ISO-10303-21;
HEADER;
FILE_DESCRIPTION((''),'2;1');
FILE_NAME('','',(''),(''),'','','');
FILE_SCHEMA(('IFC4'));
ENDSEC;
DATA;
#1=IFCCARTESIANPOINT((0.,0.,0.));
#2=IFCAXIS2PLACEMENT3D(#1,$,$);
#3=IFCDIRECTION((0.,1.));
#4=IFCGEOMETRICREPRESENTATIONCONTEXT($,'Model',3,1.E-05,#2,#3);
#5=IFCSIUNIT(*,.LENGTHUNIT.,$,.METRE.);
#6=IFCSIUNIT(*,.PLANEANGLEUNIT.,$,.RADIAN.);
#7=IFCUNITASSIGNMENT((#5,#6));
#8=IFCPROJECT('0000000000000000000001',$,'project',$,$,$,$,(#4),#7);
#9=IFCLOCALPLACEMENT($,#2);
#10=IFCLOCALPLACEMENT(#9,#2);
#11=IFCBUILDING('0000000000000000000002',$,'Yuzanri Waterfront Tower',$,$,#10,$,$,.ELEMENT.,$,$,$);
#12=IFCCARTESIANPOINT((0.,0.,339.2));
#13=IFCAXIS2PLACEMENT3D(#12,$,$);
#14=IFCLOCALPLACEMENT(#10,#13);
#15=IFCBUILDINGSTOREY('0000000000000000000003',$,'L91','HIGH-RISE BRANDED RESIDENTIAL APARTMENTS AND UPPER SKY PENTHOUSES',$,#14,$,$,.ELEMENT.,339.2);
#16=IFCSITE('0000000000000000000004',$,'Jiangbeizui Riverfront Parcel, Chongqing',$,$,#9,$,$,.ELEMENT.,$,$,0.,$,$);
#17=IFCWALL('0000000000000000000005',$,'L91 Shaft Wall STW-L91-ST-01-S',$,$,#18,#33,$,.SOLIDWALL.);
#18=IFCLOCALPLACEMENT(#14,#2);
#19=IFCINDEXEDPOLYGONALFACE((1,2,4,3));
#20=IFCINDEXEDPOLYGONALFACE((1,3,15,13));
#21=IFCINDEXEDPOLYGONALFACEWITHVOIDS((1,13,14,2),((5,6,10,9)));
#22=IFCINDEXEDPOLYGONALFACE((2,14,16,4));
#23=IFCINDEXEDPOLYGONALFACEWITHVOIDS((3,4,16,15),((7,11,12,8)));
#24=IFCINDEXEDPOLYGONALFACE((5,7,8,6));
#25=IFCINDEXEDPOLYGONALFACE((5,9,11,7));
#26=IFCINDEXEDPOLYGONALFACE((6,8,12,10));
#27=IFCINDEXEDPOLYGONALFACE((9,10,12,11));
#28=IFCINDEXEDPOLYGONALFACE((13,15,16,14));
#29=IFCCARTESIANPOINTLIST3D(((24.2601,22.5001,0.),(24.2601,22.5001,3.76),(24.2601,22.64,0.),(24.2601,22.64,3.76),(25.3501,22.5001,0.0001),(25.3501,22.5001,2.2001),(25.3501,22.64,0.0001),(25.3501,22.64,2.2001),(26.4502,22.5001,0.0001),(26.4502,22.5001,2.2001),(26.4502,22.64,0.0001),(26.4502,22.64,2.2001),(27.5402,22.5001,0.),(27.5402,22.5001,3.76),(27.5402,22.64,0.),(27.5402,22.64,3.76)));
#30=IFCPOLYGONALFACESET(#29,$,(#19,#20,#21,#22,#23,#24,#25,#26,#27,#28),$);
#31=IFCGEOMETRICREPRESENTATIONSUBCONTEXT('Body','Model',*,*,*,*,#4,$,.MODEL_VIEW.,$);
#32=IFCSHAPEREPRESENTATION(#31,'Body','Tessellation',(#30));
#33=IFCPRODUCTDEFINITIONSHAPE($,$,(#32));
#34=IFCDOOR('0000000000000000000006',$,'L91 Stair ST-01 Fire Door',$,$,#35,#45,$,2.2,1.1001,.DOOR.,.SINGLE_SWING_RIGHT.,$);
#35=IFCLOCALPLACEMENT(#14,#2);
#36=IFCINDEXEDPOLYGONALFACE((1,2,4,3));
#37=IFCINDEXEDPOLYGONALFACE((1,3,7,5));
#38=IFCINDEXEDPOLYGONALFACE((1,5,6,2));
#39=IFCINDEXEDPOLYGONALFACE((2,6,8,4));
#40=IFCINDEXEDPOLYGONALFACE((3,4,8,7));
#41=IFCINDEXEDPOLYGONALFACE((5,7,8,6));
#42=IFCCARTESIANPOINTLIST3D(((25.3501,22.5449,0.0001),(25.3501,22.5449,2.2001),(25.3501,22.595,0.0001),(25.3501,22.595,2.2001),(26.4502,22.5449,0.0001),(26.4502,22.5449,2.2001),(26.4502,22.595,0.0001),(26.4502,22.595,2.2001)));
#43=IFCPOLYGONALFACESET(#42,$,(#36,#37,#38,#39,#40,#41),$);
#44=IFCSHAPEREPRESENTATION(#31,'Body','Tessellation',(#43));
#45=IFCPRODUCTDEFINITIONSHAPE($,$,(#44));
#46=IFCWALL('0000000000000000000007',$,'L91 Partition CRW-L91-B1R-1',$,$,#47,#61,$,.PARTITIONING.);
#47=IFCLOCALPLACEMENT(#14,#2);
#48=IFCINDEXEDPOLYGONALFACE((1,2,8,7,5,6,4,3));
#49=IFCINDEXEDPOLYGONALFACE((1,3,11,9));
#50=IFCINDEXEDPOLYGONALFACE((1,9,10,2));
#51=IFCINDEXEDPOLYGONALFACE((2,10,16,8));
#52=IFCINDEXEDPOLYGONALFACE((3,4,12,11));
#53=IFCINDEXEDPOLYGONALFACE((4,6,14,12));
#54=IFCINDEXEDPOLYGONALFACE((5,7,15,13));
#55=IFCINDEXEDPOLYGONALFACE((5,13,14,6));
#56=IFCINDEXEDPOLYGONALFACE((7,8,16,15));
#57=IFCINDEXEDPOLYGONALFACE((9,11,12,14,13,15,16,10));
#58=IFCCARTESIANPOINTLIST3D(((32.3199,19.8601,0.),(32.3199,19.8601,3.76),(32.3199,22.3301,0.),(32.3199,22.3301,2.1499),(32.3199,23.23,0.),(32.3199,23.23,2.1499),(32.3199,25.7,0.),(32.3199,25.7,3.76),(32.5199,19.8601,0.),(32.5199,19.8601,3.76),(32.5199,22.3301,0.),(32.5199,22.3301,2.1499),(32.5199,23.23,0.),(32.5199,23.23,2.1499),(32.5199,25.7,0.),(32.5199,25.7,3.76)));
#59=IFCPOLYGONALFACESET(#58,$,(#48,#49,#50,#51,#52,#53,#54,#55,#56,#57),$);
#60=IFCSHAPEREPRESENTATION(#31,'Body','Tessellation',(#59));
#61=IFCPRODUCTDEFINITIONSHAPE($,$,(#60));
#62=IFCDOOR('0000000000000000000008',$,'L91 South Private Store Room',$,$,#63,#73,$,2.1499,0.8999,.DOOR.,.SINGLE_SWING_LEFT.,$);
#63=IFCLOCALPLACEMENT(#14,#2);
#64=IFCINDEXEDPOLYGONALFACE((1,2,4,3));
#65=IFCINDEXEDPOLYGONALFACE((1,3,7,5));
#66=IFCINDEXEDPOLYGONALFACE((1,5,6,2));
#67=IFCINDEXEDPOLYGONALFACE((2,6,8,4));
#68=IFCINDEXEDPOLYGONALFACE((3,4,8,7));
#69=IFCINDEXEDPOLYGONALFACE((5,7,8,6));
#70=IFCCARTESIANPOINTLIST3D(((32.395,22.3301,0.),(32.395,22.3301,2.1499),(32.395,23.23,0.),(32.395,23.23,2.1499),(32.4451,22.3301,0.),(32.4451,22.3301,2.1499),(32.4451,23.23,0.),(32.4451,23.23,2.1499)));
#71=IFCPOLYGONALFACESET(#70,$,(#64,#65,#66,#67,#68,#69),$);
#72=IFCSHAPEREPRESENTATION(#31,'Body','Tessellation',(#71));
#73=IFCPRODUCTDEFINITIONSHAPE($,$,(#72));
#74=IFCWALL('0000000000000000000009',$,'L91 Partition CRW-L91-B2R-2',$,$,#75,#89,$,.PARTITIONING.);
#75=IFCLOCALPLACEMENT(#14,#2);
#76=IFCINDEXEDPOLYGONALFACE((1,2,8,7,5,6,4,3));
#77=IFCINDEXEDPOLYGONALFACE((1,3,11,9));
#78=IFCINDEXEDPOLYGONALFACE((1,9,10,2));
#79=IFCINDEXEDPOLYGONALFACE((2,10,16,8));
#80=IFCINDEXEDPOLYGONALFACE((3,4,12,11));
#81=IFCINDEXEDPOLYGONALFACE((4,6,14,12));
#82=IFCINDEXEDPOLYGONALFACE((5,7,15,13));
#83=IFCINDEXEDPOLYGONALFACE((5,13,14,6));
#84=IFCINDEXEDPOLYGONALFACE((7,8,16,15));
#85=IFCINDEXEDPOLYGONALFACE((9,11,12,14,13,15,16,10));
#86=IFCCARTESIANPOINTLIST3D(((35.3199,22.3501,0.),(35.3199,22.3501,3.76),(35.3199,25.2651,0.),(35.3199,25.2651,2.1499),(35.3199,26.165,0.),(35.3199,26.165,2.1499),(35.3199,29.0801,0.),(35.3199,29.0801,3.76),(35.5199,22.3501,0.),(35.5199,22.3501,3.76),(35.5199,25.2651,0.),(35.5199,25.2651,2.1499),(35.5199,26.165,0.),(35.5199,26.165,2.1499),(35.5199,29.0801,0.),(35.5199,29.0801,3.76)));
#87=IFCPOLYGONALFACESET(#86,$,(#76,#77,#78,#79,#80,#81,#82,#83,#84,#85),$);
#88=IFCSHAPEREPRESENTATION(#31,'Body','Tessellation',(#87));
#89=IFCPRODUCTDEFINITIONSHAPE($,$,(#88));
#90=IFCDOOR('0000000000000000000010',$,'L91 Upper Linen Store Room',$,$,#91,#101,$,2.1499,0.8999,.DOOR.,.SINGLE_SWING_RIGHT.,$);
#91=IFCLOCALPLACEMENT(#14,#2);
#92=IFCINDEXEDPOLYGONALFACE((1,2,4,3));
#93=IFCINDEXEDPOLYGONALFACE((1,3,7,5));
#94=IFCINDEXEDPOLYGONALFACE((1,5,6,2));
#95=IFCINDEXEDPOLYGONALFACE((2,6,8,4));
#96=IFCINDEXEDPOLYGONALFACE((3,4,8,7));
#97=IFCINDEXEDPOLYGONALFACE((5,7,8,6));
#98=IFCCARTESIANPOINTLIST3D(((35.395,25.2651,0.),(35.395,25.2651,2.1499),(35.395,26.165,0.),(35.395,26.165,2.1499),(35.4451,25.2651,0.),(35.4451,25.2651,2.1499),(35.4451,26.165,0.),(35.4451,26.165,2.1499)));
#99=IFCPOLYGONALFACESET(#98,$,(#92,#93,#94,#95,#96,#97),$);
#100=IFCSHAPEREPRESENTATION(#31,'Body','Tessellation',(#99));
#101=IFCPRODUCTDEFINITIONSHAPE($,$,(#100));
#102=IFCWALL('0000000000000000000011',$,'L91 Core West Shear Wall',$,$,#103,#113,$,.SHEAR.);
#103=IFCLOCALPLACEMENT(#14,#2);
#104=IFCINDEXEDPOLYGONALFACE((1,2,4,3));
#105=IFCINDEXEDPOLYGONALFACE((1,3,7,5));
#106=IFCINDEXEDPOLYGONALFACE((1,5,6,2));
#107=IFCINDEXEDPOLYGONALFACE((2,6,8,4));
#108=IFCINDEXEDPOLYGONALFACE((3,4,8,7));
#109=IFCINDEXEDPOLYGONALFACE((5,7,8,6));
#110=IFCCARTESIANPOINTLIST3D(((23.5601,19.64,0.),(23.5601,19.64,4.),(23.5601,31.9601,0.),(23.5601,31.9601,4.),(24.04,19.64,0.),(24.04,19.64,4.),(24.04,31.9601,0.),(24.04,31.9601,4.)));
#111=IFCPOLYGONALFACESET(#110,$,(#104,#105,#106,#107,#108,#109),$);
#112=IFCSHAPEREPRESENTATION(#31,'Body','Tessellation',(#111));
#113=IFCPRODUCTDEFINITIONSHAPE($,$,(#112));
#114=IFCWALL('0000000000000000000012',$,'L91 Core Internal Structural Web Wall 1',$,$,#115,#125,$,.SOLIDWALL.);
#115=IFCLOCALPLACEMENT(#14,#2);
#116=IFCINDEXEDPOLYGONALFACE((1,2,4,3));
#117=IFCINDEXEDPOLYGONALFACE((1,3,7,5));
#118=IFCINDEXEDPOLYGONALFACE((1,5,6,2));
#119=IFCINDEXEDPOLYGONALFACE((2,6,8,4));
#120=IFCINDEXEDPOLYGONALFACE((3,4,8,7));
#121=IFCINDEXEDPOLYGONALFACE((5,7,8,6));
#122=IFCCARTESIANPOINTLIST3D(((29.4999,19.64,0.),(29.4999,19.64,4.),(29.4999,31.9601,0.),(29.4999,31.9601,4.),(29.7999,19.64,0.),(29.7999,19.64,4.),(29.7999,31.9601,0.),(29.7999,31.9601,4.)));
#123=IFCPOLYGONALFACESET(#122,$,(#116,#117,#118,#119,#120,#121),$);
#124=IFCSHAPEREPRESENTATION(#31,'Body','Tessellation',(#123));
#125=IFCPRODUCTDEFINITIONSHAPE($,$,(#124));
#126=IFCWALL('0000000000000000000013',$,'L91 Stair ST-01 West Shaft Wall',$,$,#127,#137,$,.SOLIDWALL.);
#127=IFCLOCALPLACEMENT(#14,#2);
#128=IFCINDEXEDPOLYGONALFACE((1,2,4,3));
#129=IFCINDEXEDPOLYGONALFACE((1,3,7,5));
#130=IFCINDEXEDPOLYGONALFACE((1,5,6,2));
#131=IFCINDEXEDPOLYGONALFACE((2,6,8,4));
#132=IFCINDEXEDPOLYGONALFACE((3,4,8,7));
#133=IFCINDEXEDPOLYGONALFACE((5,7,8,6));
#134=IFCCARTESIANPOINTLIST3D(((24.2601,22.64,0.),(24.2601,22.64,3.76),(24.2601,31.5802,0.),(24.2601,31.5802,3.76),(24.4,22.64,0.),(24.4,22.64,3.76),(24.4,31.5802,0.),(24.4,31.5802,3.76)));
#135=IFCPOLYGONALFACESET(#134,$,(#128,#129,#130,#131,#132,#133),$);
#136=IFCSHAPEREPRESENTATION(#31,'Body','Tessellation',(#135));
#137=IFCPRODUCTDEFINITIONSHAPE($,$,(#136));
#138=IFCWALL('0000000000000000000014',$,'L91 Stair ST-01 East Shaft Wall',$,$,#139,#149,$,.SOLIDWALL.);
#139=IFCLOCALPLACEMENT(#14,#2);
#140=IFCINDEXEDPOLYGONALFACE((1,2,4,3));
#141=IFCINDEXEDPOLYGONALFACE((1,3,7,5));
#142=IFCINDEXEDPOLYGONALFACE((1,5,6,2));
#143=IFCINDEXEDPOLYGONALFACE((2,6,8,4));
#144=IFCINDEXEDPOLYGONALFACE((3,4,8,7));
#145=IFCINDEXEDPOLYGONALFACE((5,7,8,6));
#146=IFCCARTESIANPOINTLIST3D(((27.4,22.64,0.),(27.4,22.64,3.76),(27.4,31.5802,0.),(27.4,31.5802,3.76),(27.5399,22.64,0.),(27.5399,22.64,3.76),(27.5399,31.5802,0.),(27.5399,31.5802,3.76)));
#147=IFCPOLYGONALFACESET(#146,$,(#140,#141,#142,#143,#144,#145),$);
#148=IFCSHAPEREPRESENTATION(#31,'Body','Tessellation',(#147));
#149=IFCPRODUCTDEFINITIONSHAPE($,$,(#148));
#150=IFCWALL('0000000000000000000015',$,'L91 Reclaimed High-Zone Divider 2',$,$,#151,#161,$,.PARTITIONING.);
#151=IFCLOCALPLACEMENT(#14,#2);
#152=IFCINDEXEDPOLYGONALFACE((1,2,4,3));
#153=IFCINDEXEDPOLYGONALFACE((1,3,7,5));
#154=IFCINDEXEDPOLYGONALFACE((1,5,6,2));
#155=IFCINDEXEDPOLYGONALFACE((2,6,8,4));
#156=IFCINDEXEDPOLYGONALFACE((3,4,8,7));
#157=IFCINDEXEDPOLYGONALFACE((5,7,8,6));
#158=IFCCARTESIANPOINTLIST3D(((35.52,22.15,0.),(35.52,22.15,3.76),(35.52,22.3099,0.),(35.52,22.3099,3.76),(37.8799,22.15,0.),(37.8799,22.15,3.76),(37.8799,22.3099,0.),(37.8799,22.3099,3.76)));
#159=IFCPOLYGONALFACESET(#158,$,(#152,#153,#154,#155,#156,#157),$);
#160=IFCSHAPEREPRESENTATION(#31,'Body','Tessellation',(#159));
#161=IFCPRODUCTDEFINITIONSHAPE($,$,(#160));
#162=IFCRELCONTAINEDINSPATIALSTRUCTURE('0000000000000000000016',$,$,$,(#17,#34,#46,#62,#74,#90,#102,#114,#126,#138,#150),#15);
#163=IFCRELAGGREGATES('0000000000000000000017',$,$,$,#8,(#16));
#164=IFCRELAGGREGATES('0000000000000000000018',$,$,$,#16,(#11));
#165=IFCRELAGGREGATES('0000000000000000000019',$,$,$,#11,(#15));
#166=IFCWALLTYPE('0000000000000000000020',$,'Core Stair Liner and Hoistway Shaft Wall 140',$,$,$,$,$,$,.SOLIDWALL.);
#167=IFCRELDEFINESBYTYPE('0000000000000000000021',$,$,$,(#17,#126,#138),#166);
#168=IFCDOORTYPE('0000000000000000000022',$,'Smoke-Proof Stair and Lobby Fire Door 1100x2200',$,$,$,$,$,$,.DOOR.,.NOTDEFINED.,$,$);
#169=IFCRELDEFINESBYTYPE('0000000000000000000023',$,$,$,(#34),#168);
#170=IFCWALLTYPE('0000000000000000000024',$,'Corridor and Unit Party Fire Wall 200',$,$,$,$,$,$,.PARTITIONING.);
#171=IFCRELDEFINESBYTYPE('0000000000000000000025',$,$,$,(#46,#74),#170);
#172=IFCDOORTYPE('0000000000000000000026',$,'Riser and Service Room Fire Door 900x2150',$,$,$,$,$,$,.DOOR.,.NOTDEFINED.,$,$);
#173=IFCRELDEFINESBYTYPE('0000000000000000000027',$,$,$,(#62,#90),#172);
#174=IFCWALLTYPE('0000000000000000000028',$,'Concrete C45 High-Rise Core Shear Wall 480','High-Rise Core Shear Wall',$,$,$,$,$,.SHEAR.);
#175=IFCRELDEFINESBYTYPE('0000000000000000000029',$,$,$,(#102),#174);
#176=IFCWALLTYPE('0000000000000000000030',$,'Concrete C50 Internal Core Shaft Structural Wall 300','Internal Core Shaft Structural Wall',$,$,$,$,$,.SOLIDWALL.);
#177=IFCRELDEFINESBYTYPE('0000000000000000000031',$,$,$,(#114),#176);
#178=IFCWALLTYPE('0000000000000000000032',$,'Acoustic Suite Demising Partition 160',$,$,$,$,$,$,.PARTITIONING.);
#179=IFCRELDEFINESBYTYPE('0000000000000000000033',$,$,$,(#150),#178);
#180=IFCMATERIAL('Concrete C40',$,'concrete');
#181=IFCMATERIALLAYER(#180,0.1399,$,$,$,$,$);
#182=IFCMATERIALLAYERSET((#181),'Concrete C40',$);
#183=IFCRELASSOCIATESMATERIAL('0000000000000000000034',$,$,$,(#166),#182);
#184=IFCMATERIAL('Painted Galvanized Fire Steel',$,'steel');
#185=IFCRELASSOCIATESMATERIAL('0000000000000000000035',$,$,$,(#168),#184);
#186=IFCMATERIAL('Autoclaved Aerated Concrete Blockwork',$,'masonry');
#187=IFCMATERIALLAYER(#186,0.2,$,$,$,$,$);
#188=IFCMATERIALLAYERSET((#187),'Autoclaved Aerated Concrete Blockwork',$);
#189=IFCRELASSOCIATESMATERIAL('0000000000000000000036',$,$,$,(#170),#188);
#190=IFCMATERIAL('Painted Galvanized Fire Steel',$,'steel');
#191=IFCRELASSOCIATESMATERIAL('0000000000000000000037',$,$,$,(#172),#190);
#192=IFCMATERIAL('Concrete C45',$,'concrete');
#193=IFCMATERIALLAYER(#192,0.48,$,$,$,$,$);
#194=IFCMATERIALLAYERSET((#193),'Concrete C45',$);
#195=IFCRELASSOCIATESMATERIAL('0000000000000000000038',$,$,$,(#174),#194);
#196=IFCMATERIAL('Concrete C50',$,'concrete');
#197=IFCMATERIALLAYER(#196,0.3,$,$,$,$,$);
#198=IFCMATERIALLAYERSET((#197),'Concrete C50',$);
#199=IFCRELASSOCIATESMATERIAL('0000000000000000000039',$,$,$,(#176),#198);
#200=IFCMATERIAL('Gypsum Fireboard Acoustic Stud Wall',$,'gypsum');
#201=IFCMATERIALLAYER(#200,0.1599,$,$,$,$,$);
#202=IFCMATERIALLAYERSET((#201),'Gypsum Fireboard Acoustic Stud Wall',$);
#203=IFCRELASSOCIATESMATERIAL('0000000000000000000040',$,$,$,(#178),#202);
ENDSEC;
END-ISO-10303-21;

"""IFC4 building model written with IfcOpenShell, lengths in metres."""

from ifc_helpers import new_model, si_unit, direction, frame, frame_2d, origin, place, context, subcontext, project, spatial, rectangle, extrude, source, transform, mapped, material, layer, layer_set, type_object, element, fill, save


model = new_model("IFC4")

# Units and contexts
model_context = context("Model", 3, precision=1e-05, world=origin(), true_north=direction((0.0, 1.0)))
body_context = subcontext(model_context, "Body", "Model", "MODEL_VIEW")
ifc_project = project(units=[si_unit("LENGTHUNIT", "METRE"), si_unit("PLANEANGLEUNIT", "RADIAN")], contexts=[model_context])

# Site, building, storey
site_placement = place(None, origin())
site = spatial("IfcSite", under=ifc_project, at=site_placement, Name="Jiangbeizui Riverfront Parcel, Chongqing", CompositionType="ELEMENT", RefElevation=0.0)
building_placement = place(site_placement, origin())
building = spatial("IfcBuilding", under=site, at=building_placement, Name="Yuzanri Waterfront Tower", CompositionType="ELEMENT")
storey_placement = place(building_placement, frame((0.0, 0.0, 339.2)))
storey = spatial("IfcBuildingStorey", under=building, at=storey_placement, Name="L91", Description="HIGH-RISE BRANDED RESIDENTIAL APARTMENTS AND UPPER SKY PENTHOUSES", CompositionType="ELEMENT", Elevation=339.2)

# Walls, openings, doors
ifc_material_1 = material(Name="Concrete C40", Category="concrete")
ifc_layer_1 = layer(ifc_material_1, 0.1399)
ifc_layer_set_1 = layer_set([ifc_layer_1], Name="Concrete C40")
wall_type_1 = type_object("IfcWallType", Name="Core Stair Liner and Hoistway Shaft Wall 140", PredefinedType="SOLIDWALL", material=ifc_layer_set_1)
wall_1_placement = place(storey_placement, frame((24.26, 22.5701, 0.0), z_axis=(0.0, 0.0, 1.0), x_axis=(1.0, 0.0, 0.0)))
wall_1 = element("IfcWall", 1, at=wall_1_placement, inside=storey, type_object=wall_type_1, Name="L91 Shaft Wall STW-L91-ST-01-S", PredefinedType="SOLIDWALL", context=body_context, shape_type="SweptSolid", body=[
    extrude(rectangle(XDim=3.28, YDim=0.1399, at=frame_2d((1.6401, 0.0))), origin(), (0.0, 0.0, 1.0), 3.76),
])
opening_1_placement = place(wall_1_placement, frame((1.0901, 0.0, 0.0)))
opening_1 = element("IfcOpeningElement", 2, at=opening_1_placement, cuts=wall_1, PredefinedType="OPENING", context=body_context, shape_type="SweptSolid", body=[
    extrude(rectangle(XDim=1.1001, YDim=2.2, at=frame_2d((0.55, 1.1001))), frame((0.0, 0.085, 0.0), z_axis=(0.0, -1.0, 0.0), x_axis=(1.0, 0.0, 0.0)), (0.0, 0.0, 1.0), 0.1697),
])
ifc_material_2 = material(Name="Painted Galvanized Fire Steel", Category="steel")
door_type_1 = type_object("IfcDoorType", Name="Smoke-Proof Stair and Lobby Fire Door 1100x2200", OperationType="NOTDEFINED", PredefinedType="DOOR", material=ifc_material_2)
shared_shape_1 = source(origin(), body_context, "Body", "SweptSolid", [
    extrude(rectangle(XDim=1.1001, YDim=2.2, at=frame_2d((0.55, 1.1001))), frame((0.0, 0.0249, 0.0), z_axis=(0.0, -1.0, 0.0), x_axis=(1.0, 0.0, 0.0)), (0.0, 0.0, 1.0), 0.05),
])
door_1_placement = place(opening_1_placement, origin())
door_1 = element("IfcDoor", 3, at=door_1_placement, inside=storey, type_object=door_type_1, Name="L91 Stair ST-01 Fire Door", OperationType="SINGLE_SWING_RIGHT", OverallHeight=2.2, OverallWidth=1.1001, PredefinedType="DOOR", context=body_context, shape_type="MappedRepresentation", body=[
    mapped(shared_shape_1, transform((0.0, 0.0, 0.0), scale=1.0)),
])
fill(opening_1, door_1)
ifc_material_3 = material(Name="Autoclaved Aerated Concrete Blockwork", Category="masonry")
ifc_layer_2 = layer(ifc_material_3, 0.2)
ifc_layer_set_2 = layer_set([ifc_layer_2], Name="Autoclaved Aerated Concrete Blockwork")
wall_type_2 = type_object("IfcWallType", Name="Corridor and Unit Party Fire Wall 200", PredefinedType="PARTITIONING", material=ifc_layer_set_2)
wall_2_placement = place(storey_placement, frame((32.4199, 19.8601, 0.0), z_axis=(0.0, 0.0, 1.0), x_axis=(0.0, 1.0, 0.0)))
wall_2 = element("IfcWall", 4, at=wall_2_placement, inside=storey, type_object=wall_type_2, Name="L91 Partition CRW-L91-B1R-1", PredefinedType="PARTITIONING", context=body_context, shape_type="SweptSolid", body=[
    extrude(rectangle(XDim=5.8398, YDim=0.2, at=frame_2d((2.9199, 0.0))), origin(), (0.0, 0.0, 1.0), 3.76),
])
opening_2_placement = place(wall_2_placement, frame((2.47, 0.0, 0.0)))
opening_2 = element("IfcOpeningElement", 5, at=opening_2_placement, cuts=wall_2, PredefinedType="OPENING", context=body_context, shape_type="SweptSolid", body=[
    extrude(rectangle(XDim=0.8999, YDim=2.1499, at=frame_2d((0.45, 1.075))), frame((0.0, 0.1147, 0.0), z_axis=(0.0, -1.0, 0.0), x_axis=(1.0, 0.0, 0.0)), (0.0, 0.0, 1.0), 0.2297),
])
ifc_material_4 = material(Name="Painted Galvanized Fire Steel", Category="steel")
door_type_2 = type_object("IfcDoorType", Name="Riser and Service Room Fire Door 900x2150", OperationType="NOTDEFINED", PredefinedType="DOOR", material=ifc_material_4)
shared_shape_2 = source(origin(), body_context, "Body", "SweptSolid", [
    extrude(rectangle(XDim=0.8999, YDim=2.1499, at=frame_2d((0.45, 1.075))), frame((0.0, 0.0249, 0.0), z_axis=(0.0, -1.0, 0.0), x_axis=(1.0, 0.0, 0.0)), (0.0, 0.0, 1.0), 0.05),
])
door_2_placement = place(opening_2_placement, origin())
door_2 = element("IfcDoor", 6, at=door_2_placement, inside=storey, type_object=door_type_2, Name="L91 South Private Store Room", OperationType="SINGLE_SWING_LEFT", OverallHeight=2.1499, OverallWidth=0.8999, PredefinedType="DOOR", context=body_context, shape_type="MappedRepresentation", body=[
    mapped(shared_shape_2, transform((0.0, 0.0, 0.0), scale=1.0)),
])
fill(opening_2, door_2)
wall_3_placement = place(storey_placement, frame((35.4199, 22.3501, 0.0), z_axis=(0.0, 0.0, 1.0), x_axis=(0.0, 1.0, 0.0)))
wall_3 = element("IfcWall", 7, at=wall_3_placement, inside=storey, type_object=wall_type_2, Name="L91 Partition CRW-L91-B2R-2", PredefinedType="PARTITIONING", context=body_context, shape_type="SweptSolid", body=[
    extrude(rectangle(XDim=6.73, YDim=0.2, at=frame_2d((3.365, 0.0))), origin(), (0.0, 0.0, 1.0), 3.76),
])
opening_3_placement = place(wall_3_placement, frame((2.915, 0.0, 0.0)))
opening_3 = element("IfcOpeningElement", 8, at=opening_3_placement, cuts=wall_3, PredefinedType="OPENING", context=body_context, shape_type="SweptSolid", body=[
    extrude(rectangle(XDim=0.8999, YDim=2.1499, at=frame_2d((0.45, 1.075))), frame((0.0, 0.1147, 0.0), z_axis=(0.0, -1.0, 0.0), x_axis=(1.0, 0.0, 0.0)), (0.0, 0.0, 1.0), 0.2297),
])
door_3_placement = place(opening_3_placement, origin())
door_3 = element("IfcDoor", 9, at=door_3_placement, inside=storey, type_object=door_type_2, Name="L91 Upper Linen Store Room", OperationType="SINGLE_SWING_RIGHT", OverallHeight=2.1499, OverallWidth=0.8999, PredefinedType="DOOR", context=body_context, shape_type="MappedRepresentation", body=[
    mapped(shared_shape_2, transform((0.0, 0.0, 0.0), scale=1.0)),
])
fill(opening_3, door_3)

# Walls
ifc_material_5 = material(Name="Concrete C45", Category="concrete")
ifc_layer_3 = layer(ifc_material_5, 0.48)
ifc_layer_set_3 = layer_set([ifc_layer_3], Name="Concrete C45")
wall_type_3 = type_object("IfcWallType", Name="Concrete C45 High-Rise Core Shear Wall 480", Description="High-Rise Core Shear Wall", PredefinedType="SHEAR", material=ifc_layer_set_3)
shared_shape_3 = source(origin(), body_context, "Body", "SweptSolid", [
    extrude(rectangle(XDim=12.3201, YDim=0.48, at=frame_2d((6.1602, 0.0))), origin(), (0.0, 0.0, 1.0), 4.0),
])
wall_4_placement = place(storey_placement, frame((23.8, 19.6399, 0.0), z_axis=(0.0, 0.0, 1.0), x_axis=(0.0, 1.0, 0.0)))
element("IfcWall", 10, at=wall_4_placement, inside=storey, type_object=wall_type_3, Name="L91 Core West Shear Wall", PredefinedType="SHEAR", context=body_context, shape_type="MappedRepresentation", body=[
    mapped(shared_shape_3, transform((0.0, 0.0, 0.0), scale=1.0)),
])
ifc_material_6 = material(Name="Concrete C50", Category="concrete")
ifc_layer_4 = layer(ifc_material_6, 0.3)
ifc_layer_set_4 = layer_set([ifc_layer_4], Name="Concrete C50")
wall_type_4 = type_object("IfcWallType", Name="Concrete C50 Internal Core Shaft Structural Wall 300", Description="Internal Core Shaft Structural Wall", PredefinedType="SOLIDWALL", material=ifc_layer_set_4)
shared_shape_4 = source(origin(), body_context, "Body", "SweptSolid", [
    extrude(rectangle(XDim=12.3201, YDim=0.3, at=frame_2d((6.1602, 0.0))), origin(), (0.0, 0.0, 1.0), 4.0),
])
wall_5_placement = place(storey_placement, frame((29.6499, 19.6399, 0.0), z_axis=(0.0, 0.0, 1.0), x_axis=(0.0, 1.0, 0.0)))
element("IfcWall", 11, at=wall_5_placement, inside=storey, type_object=wall_type_4, Name="L91 Core Internal Structural Web Wall 1", PredefinedType="SOLIDWALL", context=body_context, shape_type="MappedRepresentation", body=[
    mapped(shared_shape_4, transform((0.0, 0.0, 0.0), scale=1.0)),
])
shared_shape_5 = source(origin(), body_context, "Body", "SweptSolid", [
    extrude(rectangle(XDim=8.9402, YDim=0.1399, at=frame_2d((4.4702, 0.0))), origin(), (0.0, 0.0, 1.0), 3.76),
])
for number, where, z_axis, x_axis, name in (
    (12, (24.3301, 22.6399, 0.0), (0.0, 0.0, 1.0), (0.0, 1.0, 0.0), "L91 Stair ST-01 West Shaft Wall"),
    (13, (27.47, 22.6399, 0.0), (0.0, 0.0, 1.0), (0.0, 1.0, 0.0), "L91 Stair ST-01 East Shaft Wall"),
):
    element("IfcWall", number, at=place(storey_placement, frame(where, z_axis=z_axis, x_axis=x_axis)), inside=storey, type_object=wall_type_1, Name=name, PredefinedType="SOLIDWALL", context=body_context, shape_type="MappedRepresentation", body=[
        mapped(shared_shape_5, transform((0.0, 0.0, 0.0), scale=1.0)),
    ])
ifc_material_7 = material(Name="Gypsum Fireboard Acoustic Stud Wall", Category="gypsum")
ifc_layer_5 = layer(ifc_material_7, 0.1599)
ifc_layer_set_5 = layer_set([ifc_layer_5], Name="Gypsum Fireboard Acoustic Stud Wall")
wall_type_5 = type_object("IfcWallType", Name="Acoustic Suite Demising Partition 160", PredefinedType="PARTITIONING", material=ifc_layer_set_5)
shared_shape_6 = source(origin(), body_context, "Body", "SweptSolid", [
    extrude(rectangle(XDim=2.3599, YDim=0.1599, at=frame_2d((1.1799, 0.0))), origin(), (0.0, 0.0, 1.0), 3.76),
])
wall_6_placement = place(storey_placement, frame((35.52, 22.23, 0.0), z_axis=(0.0, 0.0, 1.0), x_axis=(1.0, 0.0, 0.0)))
element("IfcWall", 14, at=wall_6_placement, inside=storey, type_object=wall_type_5, Name="L91 Reclaimed High-Zone Divider 2", PredefinedType="PARTITIONING", context=body_context, shape_type="MappedRepresentation", body=[
    mapped(shared_shape_6, transform((0.0, 0.0, 0.0), scale=1.0)),
])

save(model, "model.ifc")
